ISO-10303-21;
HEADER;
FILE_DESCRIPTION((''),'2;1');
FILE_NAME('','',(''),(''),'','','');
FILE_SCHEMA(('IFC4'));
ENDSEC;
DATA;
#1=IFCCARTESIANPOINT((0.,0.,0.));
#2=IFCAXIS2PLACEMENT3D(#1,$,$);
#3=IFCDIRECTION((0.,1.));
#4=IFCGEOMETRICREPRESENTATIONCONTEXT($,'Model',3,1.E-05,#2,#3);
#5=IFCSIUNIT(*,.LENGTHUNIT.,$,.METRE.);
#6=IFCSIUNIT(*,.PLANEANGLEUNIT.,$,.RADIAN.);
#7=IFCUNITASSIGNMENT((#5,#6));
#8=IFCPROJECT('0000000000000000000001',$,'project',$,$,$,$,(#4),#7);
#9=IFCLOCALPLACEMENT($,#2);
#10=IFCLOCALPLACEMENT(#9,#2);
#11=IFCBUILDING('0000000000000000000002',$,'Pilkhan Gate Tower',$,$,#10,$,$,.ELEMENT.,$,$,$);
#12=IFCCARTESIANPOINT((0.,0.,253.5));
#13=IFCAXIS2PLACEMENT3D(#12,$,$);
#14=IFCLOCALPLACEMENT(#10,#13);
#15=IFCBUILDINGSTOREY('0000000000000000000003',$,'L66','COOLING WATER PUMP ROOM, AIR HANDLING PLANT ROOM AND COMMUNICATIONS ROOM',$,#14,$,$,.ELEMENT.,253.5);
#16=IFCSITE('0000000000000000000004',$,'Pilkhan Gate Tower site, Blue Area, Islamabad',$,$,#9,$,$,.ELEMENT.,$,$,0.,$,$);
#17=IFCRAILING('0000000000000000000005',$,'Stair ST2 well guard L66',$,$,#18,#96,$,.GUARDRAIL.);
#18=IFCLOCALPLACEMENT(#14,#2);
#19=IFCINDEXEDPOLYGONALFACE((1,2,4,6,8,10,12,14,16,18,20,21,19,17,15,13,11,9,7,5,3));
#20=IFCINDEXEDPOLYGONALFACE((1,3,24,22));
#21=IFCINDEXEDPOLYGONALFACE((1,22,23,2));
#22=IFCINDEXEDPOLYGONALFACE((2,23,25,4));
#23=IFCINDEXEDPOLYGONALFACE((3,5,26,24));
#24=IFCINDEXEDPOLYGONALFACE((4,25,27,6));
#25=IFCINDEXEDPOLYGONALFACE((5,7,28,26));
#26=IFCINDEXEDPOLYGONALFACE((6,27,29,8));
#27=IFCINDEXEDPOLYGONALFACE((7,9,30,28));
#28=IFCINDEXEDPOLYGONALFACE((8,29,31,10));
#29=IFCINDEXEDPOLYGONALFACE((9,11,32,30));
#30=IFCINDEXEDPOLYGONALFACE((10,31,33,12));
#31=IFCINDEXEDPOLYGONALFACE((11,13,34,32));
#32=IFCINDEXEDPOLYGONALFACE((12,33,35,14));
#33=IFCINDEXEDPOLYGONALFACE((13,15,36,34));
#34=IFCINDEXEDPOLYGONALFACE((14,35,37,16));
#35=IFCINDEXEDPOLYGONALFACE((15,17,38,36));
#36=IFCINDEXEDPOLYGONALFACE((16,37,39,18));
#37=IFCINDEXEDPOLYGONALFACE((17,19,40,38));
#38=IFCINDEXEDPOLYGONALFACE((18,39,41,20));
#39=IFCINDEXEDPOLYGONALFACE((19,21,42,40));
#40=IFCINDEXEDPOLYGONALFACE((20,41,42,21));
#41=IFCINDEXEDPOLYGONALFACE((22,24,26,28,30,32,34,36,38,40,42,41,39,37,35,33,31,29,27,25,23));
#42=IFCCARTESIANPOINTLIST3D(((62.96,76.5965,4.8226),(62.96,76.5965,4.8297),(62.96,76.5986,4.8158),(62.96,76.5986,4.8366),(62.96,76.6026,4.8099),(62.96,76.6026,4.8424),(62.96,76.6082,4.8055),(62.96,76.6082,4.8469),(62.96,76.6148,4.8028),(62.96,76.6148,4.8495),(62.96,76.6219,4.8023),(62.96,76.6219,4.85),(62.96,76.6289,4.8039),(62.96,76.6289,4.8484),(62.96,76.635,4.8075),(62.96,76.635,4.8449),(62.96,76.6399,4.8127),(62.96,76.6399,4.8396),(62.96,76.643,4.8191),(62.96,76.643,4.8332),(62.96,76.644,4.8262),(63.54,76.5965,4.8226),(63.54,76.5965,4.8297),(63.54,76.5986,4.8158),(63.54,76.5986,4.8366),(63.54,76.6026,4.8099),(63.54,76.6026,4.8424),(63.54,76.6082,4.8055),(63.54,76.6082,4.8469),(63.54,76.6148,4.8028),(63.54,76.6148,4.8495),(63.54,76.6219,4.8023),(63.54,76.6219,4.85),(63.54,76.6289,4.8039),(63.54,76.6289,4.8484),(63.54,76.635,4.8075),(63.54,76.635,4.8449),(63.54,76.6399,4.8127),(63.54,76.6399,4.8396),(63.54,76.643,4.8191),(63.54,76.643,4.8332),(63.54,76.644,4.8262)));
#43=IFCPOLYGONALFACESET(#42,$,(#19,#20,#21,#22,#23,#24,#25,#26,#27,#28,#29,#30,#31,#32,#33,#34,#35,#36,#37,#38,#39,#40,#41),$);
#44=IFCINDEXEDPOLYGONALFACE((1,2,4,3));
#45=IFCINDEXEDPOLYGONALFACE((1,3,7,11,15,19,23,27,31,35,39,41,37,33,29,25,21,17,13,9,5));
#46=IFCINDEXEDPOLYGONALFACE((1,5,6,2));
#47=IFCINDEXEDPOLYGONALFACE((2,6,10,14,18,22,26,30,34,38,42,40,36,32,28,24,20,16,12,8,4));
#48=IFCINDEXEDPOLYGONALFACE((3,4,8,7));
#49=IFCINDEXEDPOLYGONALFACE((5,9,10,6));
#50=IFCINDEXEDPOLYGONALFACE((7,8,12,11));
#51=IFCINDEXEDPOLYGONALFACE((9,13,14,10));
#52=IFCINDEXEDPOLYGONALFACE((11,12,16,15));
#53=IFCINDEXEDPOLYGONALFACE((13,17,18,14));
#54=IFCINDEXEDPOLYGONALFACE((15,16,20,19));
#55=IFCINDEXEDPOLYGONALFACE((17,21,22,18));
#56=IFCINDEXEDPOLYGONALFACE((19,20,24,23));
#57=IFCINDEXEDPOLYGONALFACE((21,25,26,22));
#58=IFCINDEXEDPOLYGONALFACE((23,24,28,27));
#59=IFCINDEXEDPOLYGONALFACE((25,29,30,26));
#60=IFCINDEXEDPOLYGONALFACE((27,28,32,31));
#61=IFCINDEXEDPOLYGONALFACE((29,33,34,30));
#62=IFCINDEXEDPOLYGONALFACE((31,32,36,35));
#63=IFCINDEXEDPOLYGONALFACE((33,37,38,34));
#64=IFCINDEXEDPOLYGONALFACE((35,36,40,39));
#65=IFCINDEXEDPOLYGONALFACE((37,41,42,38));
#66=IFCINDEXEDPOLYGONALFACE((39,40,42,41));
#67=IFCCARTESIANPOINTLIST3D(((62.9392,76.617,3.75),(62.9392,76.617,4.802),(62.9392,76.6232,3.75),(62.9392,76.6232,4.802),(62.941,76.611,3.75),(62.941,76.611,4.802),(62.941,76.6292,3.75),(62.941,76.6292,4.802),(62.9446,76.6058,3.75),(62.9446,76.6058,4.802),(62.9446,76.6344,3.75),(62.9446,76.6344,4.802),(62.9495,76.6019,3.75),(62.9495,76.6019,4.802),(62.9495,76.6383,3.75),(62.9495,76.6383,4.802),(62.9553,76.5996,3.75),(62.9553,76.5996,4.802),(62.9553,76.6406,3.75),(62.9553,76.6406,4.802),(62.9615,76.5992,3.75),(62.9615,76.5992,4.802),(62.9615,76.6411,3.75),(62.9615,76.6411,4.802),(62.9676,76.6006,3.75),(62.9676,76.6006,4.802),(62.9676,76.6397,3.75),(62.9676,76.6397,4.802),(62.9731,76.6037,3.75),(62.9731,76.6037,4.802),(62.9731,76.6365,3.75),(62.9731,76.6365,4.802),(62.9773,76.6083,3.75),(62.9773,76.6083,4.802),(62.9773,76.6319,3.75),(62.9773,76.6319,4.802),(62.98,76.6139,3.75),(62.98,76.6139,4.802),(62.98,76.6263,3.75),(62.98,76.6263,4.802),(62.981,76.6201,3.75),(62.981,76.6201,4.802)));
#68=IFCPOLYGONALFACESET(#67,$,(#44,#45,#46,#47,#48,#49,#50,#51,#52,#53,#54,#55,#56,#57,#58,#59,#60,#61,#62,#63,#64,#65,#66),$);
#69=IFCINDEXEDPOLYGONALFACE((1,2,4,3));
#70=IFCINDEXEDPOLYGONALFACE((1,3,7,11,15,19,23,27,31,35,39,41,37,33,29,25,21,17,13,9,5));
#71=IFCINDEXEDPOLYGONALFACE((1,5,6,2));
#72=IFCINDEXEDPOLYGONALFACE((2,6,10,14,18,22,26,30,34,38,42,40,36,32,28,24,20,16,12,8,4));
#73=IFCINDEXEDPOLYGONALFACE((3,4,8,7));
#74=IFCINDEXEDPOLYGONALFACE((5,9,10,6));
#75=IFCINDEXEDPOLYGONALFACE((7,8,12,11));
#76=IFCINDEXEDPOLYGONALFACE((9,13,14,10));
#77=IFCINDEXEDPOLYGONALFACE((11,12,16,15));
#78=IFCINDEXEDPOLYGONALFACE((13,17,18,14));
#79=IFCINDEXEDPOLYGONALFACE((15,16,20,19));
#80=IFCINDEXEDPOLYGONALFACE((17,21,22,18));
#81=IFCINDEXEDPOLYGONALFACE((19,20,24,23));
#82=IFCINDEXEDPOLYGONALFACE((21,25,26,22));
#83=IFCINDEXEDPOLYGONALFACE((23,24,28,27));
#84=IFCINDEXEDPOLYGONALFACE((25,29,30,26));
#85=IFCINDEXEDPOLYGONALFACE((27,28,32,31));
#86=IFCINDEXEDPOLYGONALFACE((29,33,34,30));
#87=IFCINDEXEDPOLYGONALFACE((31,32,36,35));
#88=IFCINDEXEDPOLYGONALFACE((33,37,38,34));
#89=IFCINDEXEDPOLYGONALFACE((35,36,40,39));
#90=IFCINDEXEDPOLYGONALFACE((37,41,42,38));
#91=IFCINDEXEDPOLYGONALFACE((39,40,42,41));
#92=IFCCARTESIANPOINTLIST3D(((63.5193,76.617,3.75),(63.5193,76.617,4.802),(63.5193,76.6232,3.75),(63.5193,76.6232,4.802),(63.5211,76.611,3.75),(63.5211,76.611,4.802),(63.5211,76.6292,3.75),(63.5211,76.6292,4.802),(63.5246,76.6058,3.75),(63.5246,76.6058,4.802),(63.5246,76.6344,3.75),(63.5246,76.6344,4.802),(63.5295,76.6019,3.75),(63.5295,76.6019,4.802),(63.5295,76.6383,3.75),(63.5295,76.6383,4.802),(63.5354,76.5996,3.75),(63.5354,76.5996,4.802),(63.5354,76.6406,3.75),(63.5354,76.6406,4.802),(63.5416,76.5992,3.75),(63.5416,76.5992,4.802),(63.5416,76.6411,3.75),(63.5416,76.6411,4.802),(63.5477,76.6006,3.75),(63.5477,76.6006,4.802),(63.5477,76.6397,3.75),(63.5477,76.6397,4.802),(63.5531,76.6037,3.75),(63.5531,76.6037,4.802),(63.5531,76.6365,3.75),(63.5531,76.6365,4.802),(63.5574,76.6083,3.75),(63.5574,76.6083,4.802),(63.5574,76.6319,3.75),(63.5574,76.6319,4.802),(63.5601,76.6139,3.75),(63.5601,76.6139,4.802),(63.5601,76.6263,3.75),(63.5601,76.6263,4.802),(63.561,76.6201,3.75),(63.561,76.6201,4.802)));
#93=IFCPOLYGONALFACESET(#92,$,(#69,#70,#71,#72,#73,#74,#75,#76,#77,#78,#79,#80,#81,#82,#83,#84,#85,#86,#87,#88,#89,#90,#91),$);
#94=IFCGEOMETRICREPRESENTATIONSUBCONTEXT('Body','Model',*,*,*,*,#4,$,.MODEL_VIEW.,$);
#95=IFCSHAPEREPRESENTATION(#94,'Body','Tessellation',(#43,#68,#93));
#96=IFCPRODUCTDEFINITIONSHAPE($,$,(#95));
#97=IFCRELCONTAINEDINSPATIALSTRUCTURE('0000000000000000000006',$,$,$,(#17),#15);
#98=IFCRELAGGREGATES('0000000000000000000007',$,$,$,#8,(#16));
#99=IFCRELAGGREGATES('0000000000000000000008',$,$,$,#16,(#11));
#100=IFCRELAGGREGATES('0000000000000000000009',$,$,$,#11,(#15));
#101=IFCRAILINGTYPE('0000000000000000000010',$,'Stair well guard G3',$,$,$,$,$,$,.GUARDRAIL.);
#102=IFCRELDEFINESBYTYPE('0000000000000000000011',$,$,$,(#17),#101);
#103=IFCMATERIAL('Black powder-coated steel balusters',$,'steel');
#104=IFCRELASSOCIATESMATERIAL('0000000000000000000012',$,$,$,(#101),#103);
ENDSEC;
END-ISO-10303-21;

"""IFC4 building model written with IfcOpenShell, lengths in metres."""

from ifc_helpers import new_model, si_unit, direction, frame, origin, origin_2d, place, context, subcontext, project, spatial, circle, extrude, material, type_object, element, save


model = new_model("IFC4")

# Units and contexts
model_context = context("Model", 3, precision=1e-05, world=origin(), true_north=direction((0.0, 1.0)))
body_context = subcontext(model_context, "Body", "Model", "MODEL_VIEW")
ifc_project = project(units=[si_unit("LENGTHUNIT", "METRE"), si_unit("PLANEANGLEUNIT", "RADIAN")], contexts=[model_context])

# Site, building, storey
site_placement = place(None, origin())
site = spatial("IfcSite", under=ifc_project, at=site_placement, Name="Pilkhan Gate Tower site, Blue Area, Islamabad", CompositionType="ELEMENT", RefElevation=0.0)
building_placement = place(site_placement, origin())
building = spatial("IfcBuilding", under=site, at=building_placement, Name="Pilkhan Gate Tower", CompositionType="ELEMENT")
storey_placement = place(building_placement, frame((0.0, 0.0, 253.5)))
storey = spatial("IfcBuildingStorey", under=building, at=storey_placement, Name="L66", Description="COOLING WATER PUMP ROOM, AIR HANDLING PLANT ROOM AND COMMUNICATIONS ROOM", CompositionType="ELEMENT", Elevation=253.5)

# Railing
ifc_material_1 = material(Name="Black powder-coated steel balusters", Category="steel")
railing_type_1 = type_object("IfcRailingType", Name="Stair well guard G3", PredefinedType="GUARDRAIL", material=ifc_material_1)
for number, where, name in (
    (1, (62.96, 76.6201, 3.75), "Stair ST2 well guard L66"),
):
    element("IfcRailing", number, at=place(storey_placement, frame(where)), inside=storey, type_object=railing_type_1, Name=name, PredefinedType="GUARDRAIL", context=body_context, shape_type="SweptSolid", body=[
        extrude(circle(Radius=0.0239, at=origin_2d()), frame((0.0, 0.0, 1.0762), z_axis=(1.0, 0.0, 0.0), x_axis=(0.0, 1.0, 0.0)), (0.0, 0.0, 1.0), 0.5801),
        extrude(circle(Radius=0.021, at=origin_2d()), origin(), (0.0, 0.0, 1.0), 1.052),
        extrude(circle(Radius=0.021, at=origin_2d()), frame((0.5801, 0.0, 0.0)), (0.0, 0.0, 1.0), 1.052),
    ])

save(model, "model.ifc")
